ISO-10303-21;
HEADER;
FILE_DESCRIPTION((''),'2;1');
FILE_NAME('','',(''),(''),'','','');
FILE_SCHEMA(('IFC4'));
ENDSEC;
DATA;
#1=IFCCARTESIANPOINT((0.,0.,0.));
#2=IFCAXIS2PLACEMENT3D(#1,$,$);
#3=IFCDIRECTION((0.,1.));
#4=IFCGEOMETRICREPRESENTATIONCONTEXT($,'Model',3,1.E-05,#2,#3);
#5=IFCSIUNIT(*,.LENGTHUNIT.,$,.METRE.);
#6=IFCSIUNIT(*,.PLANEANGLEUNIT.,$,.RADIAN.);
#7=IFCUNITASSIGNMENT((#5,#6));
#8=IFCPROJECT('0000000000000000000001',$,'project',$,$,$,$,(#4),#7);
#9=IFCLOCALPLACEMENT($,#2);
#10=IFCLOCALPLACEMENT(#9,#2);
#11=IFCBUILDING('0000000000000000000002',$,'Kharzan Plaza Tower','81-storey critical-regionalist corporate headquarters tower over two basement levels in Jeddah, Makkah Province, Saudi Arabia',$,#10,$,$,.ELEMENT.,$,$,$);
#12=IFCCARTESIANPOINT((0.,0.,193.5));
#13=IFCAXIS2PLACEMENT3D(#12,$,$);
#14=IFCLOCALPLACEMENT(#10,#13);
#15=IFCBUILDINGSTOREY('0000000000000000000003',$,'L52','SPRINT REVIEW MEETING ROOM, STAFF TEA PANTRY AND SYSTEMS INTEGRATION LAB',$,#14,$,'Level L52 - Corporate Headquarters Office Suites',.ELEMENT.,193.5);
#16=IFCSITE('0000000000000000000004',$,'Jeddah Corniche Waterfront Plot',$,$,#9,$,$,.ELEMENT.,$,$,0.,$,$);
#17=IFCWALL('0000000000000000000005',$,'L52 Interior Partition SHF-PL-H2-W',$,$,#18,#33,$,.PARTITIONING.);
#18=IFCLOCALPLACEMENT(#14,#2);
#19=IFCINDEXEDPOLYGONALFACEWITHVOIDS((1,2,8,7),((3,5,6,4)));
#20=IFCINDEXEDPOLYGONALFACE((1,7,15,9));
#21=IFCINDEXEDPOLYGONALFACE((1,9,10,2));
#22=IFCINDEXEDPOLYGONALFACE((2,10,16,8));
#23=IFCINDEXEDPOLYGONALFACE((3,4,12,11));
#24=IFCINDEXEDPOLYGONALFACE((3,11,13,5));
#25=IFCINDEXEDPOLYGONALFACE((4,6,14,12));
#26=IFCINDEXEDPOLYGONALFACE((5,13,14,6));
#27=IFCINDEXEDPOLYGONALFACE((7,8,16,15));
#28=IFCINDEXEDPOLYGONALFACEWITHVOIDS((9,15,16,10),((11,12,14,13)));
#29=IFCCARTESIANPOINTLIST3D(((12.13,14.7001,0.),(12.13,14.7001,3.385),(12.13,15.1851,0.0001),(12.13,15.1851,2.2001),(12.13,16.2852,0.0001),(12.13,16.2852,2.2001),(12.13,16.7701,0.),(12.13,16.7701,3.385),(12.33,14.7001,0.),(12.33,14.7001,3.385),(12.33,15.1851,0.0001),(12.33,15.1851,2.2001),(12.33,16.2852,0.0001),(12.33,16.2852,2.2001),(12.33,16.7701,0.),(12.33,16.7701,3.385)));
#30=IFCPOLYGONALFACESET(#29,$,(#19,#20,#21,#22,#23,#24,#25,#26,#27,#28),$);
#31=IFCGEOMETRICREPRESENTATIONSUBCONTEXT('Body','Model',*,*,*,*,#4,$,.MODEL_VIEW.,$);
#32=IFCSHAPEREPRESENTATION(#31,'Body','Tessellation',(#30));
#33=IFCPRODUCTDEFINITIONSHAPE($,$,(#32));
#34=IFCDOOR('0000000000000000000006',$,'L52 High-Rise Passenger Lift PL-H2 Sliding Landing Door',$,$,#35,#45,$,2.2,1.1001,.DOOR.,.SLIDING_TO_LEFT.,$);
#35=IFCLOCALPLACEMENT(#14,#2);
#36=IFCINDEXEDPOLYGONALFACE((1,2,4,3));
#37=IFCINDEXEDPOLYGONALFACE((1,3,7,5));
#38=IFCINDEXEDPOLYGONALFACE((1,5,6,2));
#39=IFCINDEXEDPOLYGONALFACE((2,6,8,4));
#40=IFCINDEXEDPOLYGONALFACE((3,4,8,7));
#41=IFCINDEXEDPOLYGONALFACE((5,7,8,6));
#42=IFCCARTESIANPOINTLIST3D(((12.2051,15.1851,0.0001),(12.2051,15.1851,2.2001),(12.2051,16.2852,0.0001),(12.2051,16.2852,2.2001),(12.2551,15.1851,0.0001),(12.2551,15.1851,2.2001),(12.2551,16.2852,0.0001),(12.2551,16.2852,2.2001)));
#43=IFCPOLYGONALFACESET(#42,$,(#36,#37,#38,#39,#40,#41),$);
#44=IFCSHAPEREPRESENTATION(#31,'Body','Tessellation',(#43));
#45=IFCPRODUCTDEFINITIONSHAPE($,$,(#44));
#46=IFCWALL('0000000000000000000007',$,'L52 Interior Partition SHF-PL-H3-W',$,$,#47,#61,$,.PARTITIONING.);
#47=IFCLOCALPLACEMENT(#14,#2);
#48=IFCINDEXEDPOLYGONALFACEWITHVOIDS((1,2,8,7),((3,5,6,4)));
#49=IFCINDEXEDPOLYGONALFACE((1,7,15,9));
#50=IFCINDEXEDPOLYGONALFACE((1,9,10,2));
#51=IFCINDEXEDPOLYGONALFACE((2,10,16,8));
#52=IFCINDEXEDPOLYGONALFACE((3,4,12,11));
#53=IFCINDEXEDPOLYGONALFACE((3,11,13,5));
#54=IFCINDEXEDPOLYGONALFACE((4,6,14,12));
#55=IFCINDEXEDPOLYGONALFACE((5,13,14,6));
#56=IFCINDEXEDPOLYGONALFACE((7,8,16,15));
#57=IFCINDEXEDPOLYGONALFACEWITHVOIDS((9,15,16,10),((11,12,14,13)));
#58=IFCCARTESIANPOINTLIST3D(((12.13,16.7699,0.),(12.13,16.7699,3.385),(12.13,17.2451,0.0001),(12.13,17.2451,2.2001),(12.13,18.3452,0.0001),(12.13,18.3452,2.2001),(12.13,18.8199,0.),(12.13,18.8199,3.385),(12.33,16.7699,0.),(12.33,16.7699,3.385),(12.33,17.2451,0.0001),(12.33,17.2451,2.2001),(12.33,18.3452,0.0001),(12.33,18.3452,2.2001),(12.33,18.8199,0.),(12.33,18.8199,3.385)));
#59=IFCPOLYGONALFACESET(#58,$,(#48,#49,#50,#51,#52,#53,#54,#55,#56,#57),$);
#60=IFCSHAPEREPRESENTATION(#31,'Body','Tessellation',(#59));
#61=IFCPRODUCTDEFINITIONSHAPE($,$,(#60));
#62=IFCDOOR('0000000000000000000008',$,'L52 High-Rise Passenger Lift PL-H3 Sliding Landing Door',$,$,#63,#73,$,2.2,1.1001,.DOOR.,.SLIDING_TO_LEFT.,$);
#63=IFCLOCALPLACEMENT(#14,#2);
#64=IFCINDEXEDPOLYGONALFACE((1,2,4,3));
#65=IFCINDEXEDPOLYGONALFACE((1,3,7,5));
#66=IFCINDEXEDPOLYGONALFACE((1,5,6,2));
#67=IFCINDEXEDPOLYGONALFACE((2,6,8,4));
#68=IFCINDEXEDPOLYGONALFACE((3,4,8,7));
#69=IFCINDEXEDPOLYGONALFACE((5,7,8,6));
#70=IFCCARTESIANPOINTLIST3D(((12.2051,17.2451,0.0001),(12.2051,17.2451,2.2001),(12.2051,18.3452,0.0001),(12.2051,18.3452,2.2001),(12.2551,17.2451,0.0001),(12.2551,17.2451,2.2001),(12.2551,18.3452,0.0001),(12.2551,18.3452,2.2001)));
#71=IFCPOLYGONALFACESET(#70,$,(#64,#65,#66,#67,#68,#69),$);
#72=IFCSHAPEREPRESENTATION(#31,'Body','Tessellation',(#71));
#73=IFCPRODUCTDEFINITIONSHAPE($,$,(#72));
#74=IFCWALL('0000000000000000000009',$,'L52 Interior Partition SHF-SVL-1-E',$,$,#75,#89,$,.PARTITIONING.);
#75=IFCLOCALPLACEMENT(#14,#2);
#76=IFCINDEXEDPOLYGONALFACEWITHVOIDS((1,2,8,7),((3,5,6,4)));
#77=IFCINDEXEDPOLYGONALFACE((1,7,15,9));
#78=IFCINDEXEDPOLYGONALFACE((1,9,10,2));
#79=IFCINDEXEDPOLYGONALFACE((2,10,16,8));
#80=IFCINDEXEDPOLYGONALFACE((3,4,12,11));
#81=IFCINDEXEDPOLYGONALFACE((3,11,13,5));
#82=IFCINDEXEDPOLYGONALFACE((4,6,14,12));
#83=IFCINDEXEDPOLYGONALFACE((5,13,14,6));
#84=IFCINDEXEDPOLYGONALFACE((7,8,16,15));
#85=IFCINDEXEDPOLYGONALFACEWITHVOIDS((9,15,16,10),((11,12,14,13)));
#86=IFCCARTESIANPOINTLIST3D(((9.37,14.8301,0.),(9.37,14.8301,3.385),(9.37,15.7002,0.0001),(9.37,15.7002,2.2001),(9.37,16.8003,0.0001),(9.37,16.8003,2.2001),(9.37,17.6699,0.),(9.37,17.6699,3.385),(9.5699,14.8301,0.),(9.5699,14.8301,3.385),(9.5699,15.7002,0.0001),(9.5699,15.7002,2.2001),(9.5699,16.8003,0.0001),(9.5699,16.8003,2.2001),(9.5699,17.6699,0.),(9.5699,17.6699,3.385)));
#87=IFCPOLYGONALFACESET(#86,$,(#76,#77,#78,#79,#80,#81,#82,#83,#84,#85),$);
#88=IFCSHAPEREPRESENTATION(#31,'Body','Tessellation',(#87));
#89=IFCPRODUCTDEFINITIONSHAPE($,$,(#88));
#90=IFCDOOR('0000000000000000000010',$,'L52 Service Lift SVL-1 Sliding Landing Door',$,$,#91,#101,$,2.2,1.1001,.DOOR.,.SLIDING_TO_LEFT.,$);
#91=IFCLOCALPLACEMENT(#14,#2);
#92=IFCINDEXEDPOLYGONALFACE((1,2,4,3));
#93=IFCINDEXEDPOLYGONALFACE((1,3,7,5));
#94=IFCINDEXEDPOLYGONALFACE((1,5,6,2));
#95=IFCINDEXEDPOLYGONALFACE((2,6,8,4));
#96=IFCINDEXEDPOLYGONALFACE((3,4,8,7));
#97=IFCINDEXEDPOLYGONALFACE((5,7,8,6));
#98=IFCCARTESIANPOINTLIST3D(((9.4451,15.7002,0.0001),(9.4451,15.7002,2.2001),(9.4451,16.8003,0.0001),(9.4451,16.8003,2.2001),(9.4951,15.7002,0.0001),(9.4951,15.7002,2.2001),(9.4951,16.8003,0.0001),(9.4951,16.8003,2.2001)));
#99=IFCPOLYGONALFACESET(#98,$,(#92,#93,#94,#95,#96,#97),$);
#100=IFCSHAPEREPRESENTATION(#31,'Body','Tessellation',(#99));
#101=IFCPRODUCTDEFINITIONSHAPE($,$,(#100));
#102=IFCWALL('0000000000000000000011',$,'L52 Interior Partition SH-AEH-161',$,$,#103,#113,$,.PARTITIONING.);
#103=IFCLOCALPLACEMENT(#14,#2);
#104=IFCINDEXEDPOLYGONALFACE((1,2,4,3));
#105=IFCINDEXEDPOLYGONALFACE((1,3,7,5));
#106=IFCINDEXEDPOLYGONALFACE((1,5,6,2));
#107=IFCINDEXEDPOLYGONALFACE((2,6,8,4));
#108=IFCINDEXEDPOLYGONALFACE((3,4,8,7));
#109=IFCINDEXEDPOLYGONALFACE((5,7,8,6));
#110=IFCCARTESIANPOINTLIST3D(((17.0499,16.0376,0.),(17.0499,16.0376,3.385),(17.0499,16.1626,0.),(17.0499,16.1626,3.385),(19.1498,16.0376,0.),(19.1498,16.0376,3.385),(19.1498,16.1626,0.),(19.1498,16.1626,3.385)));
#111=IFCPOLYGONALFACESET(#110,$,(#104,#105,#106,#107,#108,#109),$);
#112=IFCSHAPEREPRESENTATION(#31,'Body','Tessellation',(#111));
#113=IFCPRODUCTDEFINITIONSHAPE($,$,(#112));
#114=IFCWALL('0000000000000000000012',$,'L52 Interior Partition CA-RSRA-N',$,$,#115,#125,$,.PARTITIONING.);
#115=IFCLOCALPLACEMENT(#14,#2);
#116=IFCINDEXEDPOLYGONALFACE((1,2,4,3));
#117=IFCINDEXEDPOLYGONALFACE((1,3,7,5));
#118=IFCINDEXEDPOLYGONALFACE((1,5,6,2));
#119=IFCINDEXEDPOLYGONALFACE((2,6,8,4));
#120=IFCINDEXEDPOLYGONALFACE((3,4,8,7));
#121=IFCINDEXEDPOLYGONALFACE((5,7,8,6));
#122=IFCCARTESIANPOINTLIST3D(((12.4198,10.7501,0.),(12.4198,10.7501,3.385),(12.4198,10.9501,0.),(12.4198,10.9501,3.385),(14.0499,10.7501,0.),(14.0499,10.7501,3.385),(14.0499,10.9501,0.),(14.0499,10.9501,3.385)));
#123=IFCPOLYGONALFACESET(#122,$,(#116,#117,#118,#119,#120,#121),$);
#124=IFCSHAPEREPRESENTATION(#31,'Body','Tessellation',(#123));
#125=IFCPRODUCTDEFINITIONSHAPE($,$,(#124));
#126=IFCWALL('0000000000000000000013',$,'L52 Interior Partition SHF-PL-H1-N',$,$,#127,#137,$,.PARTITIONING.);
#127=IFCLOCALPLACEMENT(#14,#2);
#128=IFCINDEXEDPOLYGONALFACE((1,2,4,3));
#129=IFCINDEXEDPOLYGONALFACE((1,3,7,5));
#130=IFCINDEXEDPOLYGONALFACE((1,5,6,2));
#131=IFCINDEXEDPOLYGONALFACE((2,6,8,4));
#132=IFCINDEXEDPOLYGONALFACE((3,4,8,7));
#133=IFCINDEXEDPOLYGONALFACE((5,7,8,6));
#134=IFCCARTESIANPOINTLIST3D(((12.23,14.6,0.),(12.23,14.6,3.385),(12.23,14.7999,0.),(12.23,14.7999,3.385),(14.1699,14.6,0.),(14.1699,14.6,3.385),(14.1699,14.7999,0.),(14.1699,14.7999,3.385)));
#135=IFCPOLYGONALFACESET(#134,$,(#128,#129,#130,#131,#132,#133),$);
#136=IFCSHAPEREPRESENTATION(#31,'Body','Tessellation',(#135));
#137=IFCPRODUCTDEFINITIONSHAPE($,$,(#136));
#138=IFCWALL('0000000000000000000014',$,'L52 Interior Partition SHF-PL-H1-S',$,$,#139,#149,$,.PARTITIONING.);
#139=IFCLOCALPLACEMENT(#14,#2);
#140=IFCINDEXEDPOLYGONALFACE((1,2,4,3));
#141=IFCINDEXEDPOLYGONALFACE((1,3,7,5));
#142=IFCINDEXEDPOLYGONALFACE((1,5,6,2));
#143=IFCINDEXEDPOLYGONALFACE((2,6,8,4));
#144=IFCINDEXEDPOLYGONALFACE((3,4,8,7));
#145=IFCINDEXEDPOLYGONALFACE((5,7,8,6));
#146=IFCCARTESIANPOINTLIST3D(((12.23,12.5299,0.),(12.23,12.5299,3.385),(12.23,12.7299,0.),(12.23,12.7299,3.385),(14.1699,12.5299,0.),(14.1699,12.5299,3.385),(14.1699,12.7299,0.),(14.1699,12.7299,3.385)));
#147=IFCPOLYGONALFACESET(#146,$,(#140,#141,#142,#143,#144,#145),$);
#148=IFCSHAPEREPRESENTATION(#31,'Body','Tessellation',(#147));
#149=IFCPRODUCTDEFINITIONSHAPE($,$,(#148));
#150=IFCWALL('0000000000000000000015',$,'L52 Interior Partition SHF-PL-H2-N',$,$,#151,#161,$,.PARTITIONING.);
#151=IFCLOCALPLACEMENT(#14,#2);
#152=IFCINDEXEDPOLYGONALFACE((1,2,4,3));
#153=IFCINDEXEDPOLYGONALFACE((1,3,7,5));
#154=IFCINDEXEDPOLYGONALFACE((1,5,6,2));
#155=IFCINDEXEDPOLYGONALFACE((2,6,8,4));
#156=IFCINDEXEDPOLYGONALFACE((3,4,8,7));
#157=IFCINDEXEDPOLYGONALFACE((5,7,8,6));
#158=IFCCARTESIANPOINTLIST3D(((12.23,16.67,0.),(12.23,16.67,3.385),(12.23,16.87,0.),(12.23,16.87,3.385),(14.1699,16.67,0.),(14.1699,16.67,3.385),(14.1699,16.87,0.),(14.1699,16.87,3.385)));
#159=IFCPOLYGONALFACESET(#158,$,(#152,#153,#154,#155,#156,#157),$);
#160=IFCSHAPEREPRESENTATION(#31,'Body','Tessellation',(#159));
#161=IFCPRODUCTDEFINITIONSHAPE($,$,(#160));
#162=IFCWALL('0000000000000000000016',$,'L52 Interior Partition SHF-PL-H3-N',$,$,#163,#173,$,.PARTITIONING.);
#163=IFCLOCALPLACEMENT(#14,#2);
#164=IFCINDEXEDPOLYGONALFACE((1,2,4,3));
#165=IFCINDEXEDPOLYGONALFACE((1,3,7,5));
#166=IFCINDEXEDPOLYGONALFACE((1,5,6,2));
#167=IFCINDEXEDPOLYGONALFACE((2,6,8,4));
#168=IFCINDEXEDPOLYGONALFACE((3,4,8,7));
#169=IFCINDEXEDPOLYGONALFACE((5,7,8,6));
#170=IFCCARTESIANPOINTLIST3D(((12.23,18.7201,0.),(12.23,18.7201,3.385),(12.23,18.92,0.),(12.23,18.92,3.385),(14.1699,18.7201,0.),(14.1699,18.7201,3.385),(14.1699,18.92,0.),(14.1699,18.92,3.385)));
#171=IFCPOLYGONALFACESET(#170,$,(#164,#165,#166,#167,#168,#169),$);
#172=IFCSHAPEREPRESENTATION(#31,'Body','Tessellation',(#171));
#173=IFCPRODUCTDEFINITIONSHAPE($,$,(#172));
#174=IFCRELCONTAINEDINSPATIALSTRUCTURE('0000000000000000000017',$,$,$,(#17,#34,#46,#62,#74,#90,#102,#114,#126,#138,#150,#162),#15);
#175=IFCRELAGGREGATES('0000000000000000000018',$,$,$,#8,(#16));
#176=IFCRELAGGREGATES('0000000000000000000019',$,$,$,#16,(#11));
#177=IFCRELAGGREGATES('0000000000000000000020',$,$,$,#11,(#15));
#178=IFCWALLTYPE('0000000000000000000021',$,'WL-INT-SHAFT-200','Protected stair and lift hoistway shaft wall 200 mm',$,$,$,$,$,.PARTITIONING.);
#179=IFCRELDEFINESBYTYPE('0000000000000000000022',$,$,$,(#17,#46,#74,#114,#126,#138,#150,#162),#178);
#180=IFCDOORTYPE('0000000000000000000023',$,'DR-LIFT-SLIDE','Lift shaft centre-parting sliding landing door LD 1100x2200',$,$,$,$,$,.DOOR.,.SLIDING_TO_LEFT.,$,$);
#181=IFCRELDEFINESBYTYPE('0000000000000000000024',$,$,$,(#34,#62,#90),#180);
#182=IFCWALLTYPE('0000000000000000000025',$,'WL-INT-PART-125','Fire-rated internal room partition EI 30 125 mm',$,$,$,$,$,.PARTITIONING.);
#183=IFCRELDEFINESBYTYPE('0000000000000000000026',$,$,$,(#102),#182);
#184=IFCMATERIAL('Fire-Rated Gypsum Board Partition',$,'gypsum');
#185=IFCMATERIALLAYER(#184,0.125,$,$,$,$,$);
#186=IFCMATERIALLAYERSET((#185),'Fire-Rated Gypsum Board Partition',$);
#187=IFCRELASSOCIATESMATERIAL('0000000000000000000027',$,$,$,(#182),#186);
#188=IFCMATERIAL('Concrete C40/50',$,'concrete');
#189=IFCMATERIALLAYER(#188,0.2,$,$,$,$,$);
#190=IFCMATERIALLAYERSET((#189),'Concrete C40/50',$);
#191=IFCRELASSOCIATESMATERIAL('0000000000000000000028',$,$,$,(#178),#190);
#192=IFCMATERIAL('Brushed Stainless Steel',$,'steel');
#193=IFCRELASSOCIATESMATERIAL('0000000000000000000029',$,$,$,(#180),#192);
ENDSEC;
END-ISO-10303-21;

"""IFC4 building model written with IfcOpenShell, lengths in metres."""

from ifc_helpers import new_model, si_unit, direction, frame, frame_2d, origin, place, context, subcontext, project, spatial, rectangle, extrude, source, transform, mapped, material, layer, layer_set, type_object, element, fill, save


model = new_model("IFC4")

# Units and contexts
model_context = context("Model", 3, precision=1e-05, world=origin(), true_north=direction((0.0, 1.0)))
body_context = subcontext(model_context, "Body", "Model", "MODEL_VIEW")
ifc_project = project(units=[si_unit("LENGTHUNIT", "METRE"), si_unit("PLANEANGLEUNIT", "RADIAN")], contexts=[model_context])

# Site, building, storey
site_placement = place(None, origin())
site = spatial("IfcSite", under=ifc_project, at=site_placement, Name="Jeddah Corniche Waterfront Plot", CompositionType="ELEMENT", RefElevation=0.0)
building_placement = place(site_placement, origin())
building = spatial("IfcBuilding", under=site, at=building_placement, Name="Kharzan Plaza Tower", Description="81-storey critical-regionalist corporate headquarters tower over two basement levels in Jeddah, Makkah Province, Saudi Arabia", CompositionType="ELEMENT")
storey_placement = place(building_placement, frame((0.0, 0.0, 193.5)))
storey = spatial("IfcBuildingStorey", under=building, at=storey_placement, Name="L52", Description="SPRINT REVIEW MEETING ROOM, STAFF TEA PANTRY AND SYSTEMS INTEGRATION LAB", LongName="Level L52 - Corporate Headquarters Office Suites", CompositionType="ELEMENT", Elevation=193.5)

# Walls, openings, doors
ifc_material_1 = material(Name="Fire-Rated Gypsum Board Partition", Category="gypsum")
ifc_layer_1 = layer(ifc_material_1, 0.125)
ifc_layer_set_1 = layer_set([ifc_layer_1], Name="Fire-Rated Gypsum Board Partition")
wall_type_1 = type_object("IfcWallType", Name="WL-INT-PART-125", Description="Fire-rated internal room partition EI 30 125 mm", PredefinedType="PARTITIONING", material=ifc_layer_set_1)
ifc_material_2 = material(Name="Concrete C40/50", Category="concrete")
ifc_layer_2 = layer(ifc_material_2, 0.2)
ifc_layer_set_2 = layer_set([ifc_layer_2], Name="Concrete C40/50")
wall_type_2 = type_object("IfcWallType", Name="WL-INT-SHAFT-200", Description="Protected stair and lift hoistway shaft wall 200 mm", PredefinedType="PARTITIONING", material=ifc_layer_set_2)
ifc_material_3 = material(Name="Brushed Stainless Steel", Category="steel")
door_type_1 = type_object("IfcDoorType", Name="DR-LIFT-SLIDE", Description="Lift shaft centre-parting sliding landing door LD 1100x2200", OperationType="SLIDING_TO_LEFT", PredefinedType="DOOR", material=ifc_material_3)
shared_shape_1 = source(origin(), body_context, "Body", "SweptSolid", [
    extrude(rectangle(XDim=1.1001, YDim=2.2, at=frame_2d((0.55, 1.1001))), frame((0.0, 0.0249, 0.0), z_axis=(0.0, -1.0, 0.0), x_axis=(1.0, 0.0, 0.0)), (0.0, 0.0, 1.0), 0.05),
])
wall_1_placement = place(storey_placement, frame((12.23, 14.7, 0.0), z_axis=(0.0, 0.0, 1.0), x_axis=(0.0, 1.0, 0.0)))
wall_1 = element("IfcWall", 1, at=wall_1_placement, inside=storey, type_object=wall_type_2, Name="L52 Interior Partition SHF-PL-H2-W", PredefinedType="PARTITIONING", context=body_context, shape_type="SweptSolid", body=[
    extrude(rectangle(XDim=2.0701, YDim=0.2, at=frame_2d((1.0352, 0.0))), origin(), (0.0, 0.0, 1.0), 3.385),
])
opening_1_placement = place(wall_1_placement, frame((0.4851, 0.0, 0.0)))
opening_1 = element("IfcOpeningElement", 2, at=opening_1_placement, cuts=wall_1, PredefinedType="OPENING", context=body_context, shape_type="SweptSolid", body=[
    extrude(rectangle(XDim=1.1001, YDim=2.2, at=frame_2d((0.55, 1.1001))), frame((0.0, 0.1099, 0.0), z_axis=(0.0, -1.0, 0.0), x_axis=(1.0, 0.0, 0.0)), (0.0, 0.0, 1.0), 0.22),
])
door_1_placement = place(opening_1_placement, origin())
door_1 = element("IfcDoor", 3, at=door_1_placement, inside=storey, type_object=door_type_1, Name="L52 High-Rise Passenger Lift PL-H2 Sliding Landing Door", OperationType="SLIDING_TO_LEFT", OverallHeight=2.2, OverallWidth=1.1001, PredefinedType="DOOR", context=body_context, shape_type="MappedRepresentation", body=[
    mapped(shared_shape_1, transform((0.0, 0.0, 0.0), x_axis=(1.0, 0.0, 0.0), y_axis=(0.0, 1.0, 0.0), z_axis=(0.0, 0.0, 1.0))),
])
fill(opening_1, door_1)
wall_2_placement = place(storey_placement, frame((12.23, 16.77, 0.0), z_axis=(0.0, 0.0, 1.0), x_axis=(0.0, 1.0, 0.0)))
wall_2 = element("IfcWall", 4, at=wall_2_placement, inside=storey, type_object=wall_type_2, Name="L52 Interior Partition SHF-PL-H3-W", PredefinedType="PARTITIONING", context=body_context, shape_type="SweptSolid", body=[
    extrude(rectangle(XDim=2.05, YDim=0.2, at=frame_2d((1.0249, 0.0))), origin(), (0.0, 0.0, 1.0), 3.385),
])
opening_2_placement = place(wall_2_placement, frame((0.4751, 0.0, 0.0)))
opening_2 = element("IfcOpeningElement", 5, at=opening_2_placement, cuts=wall_2, PredefinedType="OPENING", context=body_context, shape_type="SweptSolid", body=[
    extrude(rectangle(XDim=1.1001, YDim=2.2, at=frame_2d((0.55, 1.1001))), frame((0.0, 0.1099, 0.0), z_axis=(0.0, -1.0, 0.0), x_axis=(1.0, 0.0, 0.0)), (0.0, 0.0, 1.0), 0.22),
])
door_2_placement = place(opening_2_placement, origin())
door_2 = element("IfcDoor", 6, at=door_2_placement, inside=storey, type_object=door_type_1, Name="L52 High-Rise Passenger Lift PL-H3 Sliding Landing Door", OperationType="SLIDING_TO_LEFT", OverallHeight=2.2, OverallWidth=1.1001, PredefinedType="DOOR", context=body_context, shape_type="MappedRepresentation", body=[
    mapped(shared_shape_1, transform((0.0, 0.0, 0.0), x_axis=(1.0, 0.0, 0.0), y_axis=(0.0, 1.0, 0.0), z_axis=(0.0, 0.0, 1.0))),
])
fill(opening_2, door_2)
wall_3_placement = place(storey_placement, frame((9.47, 14.8301, 0.0), z_axis=(0.0, 0.0, 1.0), x_axis=(0.0, 1.0, 0.0)))
wall_3 = element("IfcWall", 7, at=wall_3_placement, inside=storey, type_object=wall_type_2, Name="L52 Interior Partition SHF-SVL-1-E", PredefinedType="PARTITIONING", context=body_context, shape_type="SweptSolid", body=[
    extrude(rectangle(XDim=2.8398, YDim=0.2, at=frame_2d((1.4199, 0.0))), origin(), (0.0, 0.0, 1.0), 3.385),
])
opening_3_placement = place(wall_3_placement, frame((0.8701, 0.0, 0.0)))
opening_3 = element("IfcOpeningElement", 8, at=opening_3_placement, cuts=wall_3, PredefinedType="OPENING", context=body_context, shape_type="SweptSolid", body=[
    extrude(rectangle(XDim=1.1001, YDim=2.2, at=frame_2d((0.55, 1.1001))), frame((0.0, 0.1099, 0.0), z_axis=(0.0, -1.0, 0.0), x_axis=(1.0, 0.0, 0.0)), (0.0, 0.0, 1.0), 0.22),
])
door_3_placement = place(opening_3_placement, origin())
door_3 = element("IfcDoor", 9, at=door_3_placement, inside=storey, type_object=door_type_1, Name="L52 Service Lift SVL-1 Sliding Landing Door", OperationType="SLIDING_TO_LEFT", OverallHeight=2.2, OverallWidth=1.1001, PredefinedType="DOOR", context=body_context, shape_type="MappedRepresentation", body=[
    mapped(shared_shape_1, transform((0.0, 0.0, 0.0), x_axis=(1.0, 0.0, 0.0), y_axis=(0.0, 1.0, 0.0), z_axis=(0.0, 0.0, 1.0))),
])
fill(opening_3, door_3)

# Walls
shared_shape_2 = source(origin(), body_context, "Body", "SweptSolid", [
    extrude(rectangle(XDim=2.0999, YDim=0.125, at=frame_2d((1.0498, 0.0))), origin(), (0.0, 0.0, 1.0), 3.385),
])
wall_4_placement = place(storey_placement, frame((17.05, 16.1001, 0.0), z_axis=(0.0, 0.0, 1.0), x_axis=(1.0, 0.0, 0.0)))
element("IfcWall", 10, at=wall_4_placement, inside=storey, type_object=wall_type_1, Name="L52 Interior Partition SH-AEH-161", PredefinedType="PARTITIONING", context=body_context, shape_type="MappedRepresentation", body=[
    mapped(shared_shape_2, transform((0.0, 0.0, 0.0), x_axis=(1.0, 0.0, 0.0), y_axis=(0.0, 1.0, 0.0), z_axis=(0.0, 0.0, 1.0))),
])
shared_shape_3 = source(origin(), body_context, "Body", "SweptSolid", [
    extrude(rectangle(XDim=1.6301, YDim=0.2, at=frame_2d((0.8149, 0.0))), origin(), (0.0, 0.0, 1.0), 3.385),
])
wall_5_placement = place(storey_placement, frame((12.4199, 10.8501, 0.0), z_axis=(0.0, 0.0, 1.0), x_axis=(1.0, 0.0, 0.0)))
element("IfcWall", 11, at=wall_5_placement, inside=storey, type_object=wall_type_2, Name="L52 Interior Partition CA-RSRA-N", PredefinedType="PARTITIONING", context=body_context, shape_type="MappedRepresentation", body=[
    mapped(shared_shape_3, transform((0.0, 0.0, 0.0), x_axis=(1.0, 0.0, 0.0), y_axis=(0.0, 1.0, 0.0), z_axis=(0.0, 0.0, 1.0))),
])
shared_shape_4 = source(origin(), body_context, "Body", "SweptSolid", [
    extrude(rectangle(XDim=1.9399, YDim=0.2, at=frame_2d((0.97, 0.0))), origin(), (0.0, 0.0, 1.0), 3.385),
])
for number, where, z_axis, x_axis, name in (
    (12, (12.23, 14.7, 0.0), (0.0, 0.0, 1.0), (1.0, 0.0, 0.0), "L52 Interior Partition SHF-PL-H1-N"),
    (13, (12.23, 12.6299, 0.0), (0.0, 0.0, 1.0), (1.0, 0.0, 0.0), "L52 Interior Partition SHF-PL-H1-S"),
    (14, (12.23, 16.77, 0.0), (0.0, 0.0, 1.0), (1.0, 0.0, 0.0), "L52 Interior Partition SHF-PL-H2-N"),
    (15, (12.23, 18.8201, 0.0), (0.0, 0.0, 1.0), (1.0, 0.0, 0.0), "L52 Interior Partition SHF-PL-H3-N"),
):
    element("IfcWall", number, at=place(storey_placement, frame(where, z_axis=z_axis, x_axis=x_axis)), inside=storey, type_object=wall_type_2, Name=name, PredefinedType="PARTITIONING", context=body_context, shape_type="MappedRepresentation", body=[
        mapped(shared_shape_4, transform((0.0, 0.0, 0.0), x_axis=(1.0, 0.0, 0.0), y_axis=(0.0, 1.0, 0.0), z_axis=(0.0, 0.0, 1.0))),
    ])

save(model, "model.ifc")
